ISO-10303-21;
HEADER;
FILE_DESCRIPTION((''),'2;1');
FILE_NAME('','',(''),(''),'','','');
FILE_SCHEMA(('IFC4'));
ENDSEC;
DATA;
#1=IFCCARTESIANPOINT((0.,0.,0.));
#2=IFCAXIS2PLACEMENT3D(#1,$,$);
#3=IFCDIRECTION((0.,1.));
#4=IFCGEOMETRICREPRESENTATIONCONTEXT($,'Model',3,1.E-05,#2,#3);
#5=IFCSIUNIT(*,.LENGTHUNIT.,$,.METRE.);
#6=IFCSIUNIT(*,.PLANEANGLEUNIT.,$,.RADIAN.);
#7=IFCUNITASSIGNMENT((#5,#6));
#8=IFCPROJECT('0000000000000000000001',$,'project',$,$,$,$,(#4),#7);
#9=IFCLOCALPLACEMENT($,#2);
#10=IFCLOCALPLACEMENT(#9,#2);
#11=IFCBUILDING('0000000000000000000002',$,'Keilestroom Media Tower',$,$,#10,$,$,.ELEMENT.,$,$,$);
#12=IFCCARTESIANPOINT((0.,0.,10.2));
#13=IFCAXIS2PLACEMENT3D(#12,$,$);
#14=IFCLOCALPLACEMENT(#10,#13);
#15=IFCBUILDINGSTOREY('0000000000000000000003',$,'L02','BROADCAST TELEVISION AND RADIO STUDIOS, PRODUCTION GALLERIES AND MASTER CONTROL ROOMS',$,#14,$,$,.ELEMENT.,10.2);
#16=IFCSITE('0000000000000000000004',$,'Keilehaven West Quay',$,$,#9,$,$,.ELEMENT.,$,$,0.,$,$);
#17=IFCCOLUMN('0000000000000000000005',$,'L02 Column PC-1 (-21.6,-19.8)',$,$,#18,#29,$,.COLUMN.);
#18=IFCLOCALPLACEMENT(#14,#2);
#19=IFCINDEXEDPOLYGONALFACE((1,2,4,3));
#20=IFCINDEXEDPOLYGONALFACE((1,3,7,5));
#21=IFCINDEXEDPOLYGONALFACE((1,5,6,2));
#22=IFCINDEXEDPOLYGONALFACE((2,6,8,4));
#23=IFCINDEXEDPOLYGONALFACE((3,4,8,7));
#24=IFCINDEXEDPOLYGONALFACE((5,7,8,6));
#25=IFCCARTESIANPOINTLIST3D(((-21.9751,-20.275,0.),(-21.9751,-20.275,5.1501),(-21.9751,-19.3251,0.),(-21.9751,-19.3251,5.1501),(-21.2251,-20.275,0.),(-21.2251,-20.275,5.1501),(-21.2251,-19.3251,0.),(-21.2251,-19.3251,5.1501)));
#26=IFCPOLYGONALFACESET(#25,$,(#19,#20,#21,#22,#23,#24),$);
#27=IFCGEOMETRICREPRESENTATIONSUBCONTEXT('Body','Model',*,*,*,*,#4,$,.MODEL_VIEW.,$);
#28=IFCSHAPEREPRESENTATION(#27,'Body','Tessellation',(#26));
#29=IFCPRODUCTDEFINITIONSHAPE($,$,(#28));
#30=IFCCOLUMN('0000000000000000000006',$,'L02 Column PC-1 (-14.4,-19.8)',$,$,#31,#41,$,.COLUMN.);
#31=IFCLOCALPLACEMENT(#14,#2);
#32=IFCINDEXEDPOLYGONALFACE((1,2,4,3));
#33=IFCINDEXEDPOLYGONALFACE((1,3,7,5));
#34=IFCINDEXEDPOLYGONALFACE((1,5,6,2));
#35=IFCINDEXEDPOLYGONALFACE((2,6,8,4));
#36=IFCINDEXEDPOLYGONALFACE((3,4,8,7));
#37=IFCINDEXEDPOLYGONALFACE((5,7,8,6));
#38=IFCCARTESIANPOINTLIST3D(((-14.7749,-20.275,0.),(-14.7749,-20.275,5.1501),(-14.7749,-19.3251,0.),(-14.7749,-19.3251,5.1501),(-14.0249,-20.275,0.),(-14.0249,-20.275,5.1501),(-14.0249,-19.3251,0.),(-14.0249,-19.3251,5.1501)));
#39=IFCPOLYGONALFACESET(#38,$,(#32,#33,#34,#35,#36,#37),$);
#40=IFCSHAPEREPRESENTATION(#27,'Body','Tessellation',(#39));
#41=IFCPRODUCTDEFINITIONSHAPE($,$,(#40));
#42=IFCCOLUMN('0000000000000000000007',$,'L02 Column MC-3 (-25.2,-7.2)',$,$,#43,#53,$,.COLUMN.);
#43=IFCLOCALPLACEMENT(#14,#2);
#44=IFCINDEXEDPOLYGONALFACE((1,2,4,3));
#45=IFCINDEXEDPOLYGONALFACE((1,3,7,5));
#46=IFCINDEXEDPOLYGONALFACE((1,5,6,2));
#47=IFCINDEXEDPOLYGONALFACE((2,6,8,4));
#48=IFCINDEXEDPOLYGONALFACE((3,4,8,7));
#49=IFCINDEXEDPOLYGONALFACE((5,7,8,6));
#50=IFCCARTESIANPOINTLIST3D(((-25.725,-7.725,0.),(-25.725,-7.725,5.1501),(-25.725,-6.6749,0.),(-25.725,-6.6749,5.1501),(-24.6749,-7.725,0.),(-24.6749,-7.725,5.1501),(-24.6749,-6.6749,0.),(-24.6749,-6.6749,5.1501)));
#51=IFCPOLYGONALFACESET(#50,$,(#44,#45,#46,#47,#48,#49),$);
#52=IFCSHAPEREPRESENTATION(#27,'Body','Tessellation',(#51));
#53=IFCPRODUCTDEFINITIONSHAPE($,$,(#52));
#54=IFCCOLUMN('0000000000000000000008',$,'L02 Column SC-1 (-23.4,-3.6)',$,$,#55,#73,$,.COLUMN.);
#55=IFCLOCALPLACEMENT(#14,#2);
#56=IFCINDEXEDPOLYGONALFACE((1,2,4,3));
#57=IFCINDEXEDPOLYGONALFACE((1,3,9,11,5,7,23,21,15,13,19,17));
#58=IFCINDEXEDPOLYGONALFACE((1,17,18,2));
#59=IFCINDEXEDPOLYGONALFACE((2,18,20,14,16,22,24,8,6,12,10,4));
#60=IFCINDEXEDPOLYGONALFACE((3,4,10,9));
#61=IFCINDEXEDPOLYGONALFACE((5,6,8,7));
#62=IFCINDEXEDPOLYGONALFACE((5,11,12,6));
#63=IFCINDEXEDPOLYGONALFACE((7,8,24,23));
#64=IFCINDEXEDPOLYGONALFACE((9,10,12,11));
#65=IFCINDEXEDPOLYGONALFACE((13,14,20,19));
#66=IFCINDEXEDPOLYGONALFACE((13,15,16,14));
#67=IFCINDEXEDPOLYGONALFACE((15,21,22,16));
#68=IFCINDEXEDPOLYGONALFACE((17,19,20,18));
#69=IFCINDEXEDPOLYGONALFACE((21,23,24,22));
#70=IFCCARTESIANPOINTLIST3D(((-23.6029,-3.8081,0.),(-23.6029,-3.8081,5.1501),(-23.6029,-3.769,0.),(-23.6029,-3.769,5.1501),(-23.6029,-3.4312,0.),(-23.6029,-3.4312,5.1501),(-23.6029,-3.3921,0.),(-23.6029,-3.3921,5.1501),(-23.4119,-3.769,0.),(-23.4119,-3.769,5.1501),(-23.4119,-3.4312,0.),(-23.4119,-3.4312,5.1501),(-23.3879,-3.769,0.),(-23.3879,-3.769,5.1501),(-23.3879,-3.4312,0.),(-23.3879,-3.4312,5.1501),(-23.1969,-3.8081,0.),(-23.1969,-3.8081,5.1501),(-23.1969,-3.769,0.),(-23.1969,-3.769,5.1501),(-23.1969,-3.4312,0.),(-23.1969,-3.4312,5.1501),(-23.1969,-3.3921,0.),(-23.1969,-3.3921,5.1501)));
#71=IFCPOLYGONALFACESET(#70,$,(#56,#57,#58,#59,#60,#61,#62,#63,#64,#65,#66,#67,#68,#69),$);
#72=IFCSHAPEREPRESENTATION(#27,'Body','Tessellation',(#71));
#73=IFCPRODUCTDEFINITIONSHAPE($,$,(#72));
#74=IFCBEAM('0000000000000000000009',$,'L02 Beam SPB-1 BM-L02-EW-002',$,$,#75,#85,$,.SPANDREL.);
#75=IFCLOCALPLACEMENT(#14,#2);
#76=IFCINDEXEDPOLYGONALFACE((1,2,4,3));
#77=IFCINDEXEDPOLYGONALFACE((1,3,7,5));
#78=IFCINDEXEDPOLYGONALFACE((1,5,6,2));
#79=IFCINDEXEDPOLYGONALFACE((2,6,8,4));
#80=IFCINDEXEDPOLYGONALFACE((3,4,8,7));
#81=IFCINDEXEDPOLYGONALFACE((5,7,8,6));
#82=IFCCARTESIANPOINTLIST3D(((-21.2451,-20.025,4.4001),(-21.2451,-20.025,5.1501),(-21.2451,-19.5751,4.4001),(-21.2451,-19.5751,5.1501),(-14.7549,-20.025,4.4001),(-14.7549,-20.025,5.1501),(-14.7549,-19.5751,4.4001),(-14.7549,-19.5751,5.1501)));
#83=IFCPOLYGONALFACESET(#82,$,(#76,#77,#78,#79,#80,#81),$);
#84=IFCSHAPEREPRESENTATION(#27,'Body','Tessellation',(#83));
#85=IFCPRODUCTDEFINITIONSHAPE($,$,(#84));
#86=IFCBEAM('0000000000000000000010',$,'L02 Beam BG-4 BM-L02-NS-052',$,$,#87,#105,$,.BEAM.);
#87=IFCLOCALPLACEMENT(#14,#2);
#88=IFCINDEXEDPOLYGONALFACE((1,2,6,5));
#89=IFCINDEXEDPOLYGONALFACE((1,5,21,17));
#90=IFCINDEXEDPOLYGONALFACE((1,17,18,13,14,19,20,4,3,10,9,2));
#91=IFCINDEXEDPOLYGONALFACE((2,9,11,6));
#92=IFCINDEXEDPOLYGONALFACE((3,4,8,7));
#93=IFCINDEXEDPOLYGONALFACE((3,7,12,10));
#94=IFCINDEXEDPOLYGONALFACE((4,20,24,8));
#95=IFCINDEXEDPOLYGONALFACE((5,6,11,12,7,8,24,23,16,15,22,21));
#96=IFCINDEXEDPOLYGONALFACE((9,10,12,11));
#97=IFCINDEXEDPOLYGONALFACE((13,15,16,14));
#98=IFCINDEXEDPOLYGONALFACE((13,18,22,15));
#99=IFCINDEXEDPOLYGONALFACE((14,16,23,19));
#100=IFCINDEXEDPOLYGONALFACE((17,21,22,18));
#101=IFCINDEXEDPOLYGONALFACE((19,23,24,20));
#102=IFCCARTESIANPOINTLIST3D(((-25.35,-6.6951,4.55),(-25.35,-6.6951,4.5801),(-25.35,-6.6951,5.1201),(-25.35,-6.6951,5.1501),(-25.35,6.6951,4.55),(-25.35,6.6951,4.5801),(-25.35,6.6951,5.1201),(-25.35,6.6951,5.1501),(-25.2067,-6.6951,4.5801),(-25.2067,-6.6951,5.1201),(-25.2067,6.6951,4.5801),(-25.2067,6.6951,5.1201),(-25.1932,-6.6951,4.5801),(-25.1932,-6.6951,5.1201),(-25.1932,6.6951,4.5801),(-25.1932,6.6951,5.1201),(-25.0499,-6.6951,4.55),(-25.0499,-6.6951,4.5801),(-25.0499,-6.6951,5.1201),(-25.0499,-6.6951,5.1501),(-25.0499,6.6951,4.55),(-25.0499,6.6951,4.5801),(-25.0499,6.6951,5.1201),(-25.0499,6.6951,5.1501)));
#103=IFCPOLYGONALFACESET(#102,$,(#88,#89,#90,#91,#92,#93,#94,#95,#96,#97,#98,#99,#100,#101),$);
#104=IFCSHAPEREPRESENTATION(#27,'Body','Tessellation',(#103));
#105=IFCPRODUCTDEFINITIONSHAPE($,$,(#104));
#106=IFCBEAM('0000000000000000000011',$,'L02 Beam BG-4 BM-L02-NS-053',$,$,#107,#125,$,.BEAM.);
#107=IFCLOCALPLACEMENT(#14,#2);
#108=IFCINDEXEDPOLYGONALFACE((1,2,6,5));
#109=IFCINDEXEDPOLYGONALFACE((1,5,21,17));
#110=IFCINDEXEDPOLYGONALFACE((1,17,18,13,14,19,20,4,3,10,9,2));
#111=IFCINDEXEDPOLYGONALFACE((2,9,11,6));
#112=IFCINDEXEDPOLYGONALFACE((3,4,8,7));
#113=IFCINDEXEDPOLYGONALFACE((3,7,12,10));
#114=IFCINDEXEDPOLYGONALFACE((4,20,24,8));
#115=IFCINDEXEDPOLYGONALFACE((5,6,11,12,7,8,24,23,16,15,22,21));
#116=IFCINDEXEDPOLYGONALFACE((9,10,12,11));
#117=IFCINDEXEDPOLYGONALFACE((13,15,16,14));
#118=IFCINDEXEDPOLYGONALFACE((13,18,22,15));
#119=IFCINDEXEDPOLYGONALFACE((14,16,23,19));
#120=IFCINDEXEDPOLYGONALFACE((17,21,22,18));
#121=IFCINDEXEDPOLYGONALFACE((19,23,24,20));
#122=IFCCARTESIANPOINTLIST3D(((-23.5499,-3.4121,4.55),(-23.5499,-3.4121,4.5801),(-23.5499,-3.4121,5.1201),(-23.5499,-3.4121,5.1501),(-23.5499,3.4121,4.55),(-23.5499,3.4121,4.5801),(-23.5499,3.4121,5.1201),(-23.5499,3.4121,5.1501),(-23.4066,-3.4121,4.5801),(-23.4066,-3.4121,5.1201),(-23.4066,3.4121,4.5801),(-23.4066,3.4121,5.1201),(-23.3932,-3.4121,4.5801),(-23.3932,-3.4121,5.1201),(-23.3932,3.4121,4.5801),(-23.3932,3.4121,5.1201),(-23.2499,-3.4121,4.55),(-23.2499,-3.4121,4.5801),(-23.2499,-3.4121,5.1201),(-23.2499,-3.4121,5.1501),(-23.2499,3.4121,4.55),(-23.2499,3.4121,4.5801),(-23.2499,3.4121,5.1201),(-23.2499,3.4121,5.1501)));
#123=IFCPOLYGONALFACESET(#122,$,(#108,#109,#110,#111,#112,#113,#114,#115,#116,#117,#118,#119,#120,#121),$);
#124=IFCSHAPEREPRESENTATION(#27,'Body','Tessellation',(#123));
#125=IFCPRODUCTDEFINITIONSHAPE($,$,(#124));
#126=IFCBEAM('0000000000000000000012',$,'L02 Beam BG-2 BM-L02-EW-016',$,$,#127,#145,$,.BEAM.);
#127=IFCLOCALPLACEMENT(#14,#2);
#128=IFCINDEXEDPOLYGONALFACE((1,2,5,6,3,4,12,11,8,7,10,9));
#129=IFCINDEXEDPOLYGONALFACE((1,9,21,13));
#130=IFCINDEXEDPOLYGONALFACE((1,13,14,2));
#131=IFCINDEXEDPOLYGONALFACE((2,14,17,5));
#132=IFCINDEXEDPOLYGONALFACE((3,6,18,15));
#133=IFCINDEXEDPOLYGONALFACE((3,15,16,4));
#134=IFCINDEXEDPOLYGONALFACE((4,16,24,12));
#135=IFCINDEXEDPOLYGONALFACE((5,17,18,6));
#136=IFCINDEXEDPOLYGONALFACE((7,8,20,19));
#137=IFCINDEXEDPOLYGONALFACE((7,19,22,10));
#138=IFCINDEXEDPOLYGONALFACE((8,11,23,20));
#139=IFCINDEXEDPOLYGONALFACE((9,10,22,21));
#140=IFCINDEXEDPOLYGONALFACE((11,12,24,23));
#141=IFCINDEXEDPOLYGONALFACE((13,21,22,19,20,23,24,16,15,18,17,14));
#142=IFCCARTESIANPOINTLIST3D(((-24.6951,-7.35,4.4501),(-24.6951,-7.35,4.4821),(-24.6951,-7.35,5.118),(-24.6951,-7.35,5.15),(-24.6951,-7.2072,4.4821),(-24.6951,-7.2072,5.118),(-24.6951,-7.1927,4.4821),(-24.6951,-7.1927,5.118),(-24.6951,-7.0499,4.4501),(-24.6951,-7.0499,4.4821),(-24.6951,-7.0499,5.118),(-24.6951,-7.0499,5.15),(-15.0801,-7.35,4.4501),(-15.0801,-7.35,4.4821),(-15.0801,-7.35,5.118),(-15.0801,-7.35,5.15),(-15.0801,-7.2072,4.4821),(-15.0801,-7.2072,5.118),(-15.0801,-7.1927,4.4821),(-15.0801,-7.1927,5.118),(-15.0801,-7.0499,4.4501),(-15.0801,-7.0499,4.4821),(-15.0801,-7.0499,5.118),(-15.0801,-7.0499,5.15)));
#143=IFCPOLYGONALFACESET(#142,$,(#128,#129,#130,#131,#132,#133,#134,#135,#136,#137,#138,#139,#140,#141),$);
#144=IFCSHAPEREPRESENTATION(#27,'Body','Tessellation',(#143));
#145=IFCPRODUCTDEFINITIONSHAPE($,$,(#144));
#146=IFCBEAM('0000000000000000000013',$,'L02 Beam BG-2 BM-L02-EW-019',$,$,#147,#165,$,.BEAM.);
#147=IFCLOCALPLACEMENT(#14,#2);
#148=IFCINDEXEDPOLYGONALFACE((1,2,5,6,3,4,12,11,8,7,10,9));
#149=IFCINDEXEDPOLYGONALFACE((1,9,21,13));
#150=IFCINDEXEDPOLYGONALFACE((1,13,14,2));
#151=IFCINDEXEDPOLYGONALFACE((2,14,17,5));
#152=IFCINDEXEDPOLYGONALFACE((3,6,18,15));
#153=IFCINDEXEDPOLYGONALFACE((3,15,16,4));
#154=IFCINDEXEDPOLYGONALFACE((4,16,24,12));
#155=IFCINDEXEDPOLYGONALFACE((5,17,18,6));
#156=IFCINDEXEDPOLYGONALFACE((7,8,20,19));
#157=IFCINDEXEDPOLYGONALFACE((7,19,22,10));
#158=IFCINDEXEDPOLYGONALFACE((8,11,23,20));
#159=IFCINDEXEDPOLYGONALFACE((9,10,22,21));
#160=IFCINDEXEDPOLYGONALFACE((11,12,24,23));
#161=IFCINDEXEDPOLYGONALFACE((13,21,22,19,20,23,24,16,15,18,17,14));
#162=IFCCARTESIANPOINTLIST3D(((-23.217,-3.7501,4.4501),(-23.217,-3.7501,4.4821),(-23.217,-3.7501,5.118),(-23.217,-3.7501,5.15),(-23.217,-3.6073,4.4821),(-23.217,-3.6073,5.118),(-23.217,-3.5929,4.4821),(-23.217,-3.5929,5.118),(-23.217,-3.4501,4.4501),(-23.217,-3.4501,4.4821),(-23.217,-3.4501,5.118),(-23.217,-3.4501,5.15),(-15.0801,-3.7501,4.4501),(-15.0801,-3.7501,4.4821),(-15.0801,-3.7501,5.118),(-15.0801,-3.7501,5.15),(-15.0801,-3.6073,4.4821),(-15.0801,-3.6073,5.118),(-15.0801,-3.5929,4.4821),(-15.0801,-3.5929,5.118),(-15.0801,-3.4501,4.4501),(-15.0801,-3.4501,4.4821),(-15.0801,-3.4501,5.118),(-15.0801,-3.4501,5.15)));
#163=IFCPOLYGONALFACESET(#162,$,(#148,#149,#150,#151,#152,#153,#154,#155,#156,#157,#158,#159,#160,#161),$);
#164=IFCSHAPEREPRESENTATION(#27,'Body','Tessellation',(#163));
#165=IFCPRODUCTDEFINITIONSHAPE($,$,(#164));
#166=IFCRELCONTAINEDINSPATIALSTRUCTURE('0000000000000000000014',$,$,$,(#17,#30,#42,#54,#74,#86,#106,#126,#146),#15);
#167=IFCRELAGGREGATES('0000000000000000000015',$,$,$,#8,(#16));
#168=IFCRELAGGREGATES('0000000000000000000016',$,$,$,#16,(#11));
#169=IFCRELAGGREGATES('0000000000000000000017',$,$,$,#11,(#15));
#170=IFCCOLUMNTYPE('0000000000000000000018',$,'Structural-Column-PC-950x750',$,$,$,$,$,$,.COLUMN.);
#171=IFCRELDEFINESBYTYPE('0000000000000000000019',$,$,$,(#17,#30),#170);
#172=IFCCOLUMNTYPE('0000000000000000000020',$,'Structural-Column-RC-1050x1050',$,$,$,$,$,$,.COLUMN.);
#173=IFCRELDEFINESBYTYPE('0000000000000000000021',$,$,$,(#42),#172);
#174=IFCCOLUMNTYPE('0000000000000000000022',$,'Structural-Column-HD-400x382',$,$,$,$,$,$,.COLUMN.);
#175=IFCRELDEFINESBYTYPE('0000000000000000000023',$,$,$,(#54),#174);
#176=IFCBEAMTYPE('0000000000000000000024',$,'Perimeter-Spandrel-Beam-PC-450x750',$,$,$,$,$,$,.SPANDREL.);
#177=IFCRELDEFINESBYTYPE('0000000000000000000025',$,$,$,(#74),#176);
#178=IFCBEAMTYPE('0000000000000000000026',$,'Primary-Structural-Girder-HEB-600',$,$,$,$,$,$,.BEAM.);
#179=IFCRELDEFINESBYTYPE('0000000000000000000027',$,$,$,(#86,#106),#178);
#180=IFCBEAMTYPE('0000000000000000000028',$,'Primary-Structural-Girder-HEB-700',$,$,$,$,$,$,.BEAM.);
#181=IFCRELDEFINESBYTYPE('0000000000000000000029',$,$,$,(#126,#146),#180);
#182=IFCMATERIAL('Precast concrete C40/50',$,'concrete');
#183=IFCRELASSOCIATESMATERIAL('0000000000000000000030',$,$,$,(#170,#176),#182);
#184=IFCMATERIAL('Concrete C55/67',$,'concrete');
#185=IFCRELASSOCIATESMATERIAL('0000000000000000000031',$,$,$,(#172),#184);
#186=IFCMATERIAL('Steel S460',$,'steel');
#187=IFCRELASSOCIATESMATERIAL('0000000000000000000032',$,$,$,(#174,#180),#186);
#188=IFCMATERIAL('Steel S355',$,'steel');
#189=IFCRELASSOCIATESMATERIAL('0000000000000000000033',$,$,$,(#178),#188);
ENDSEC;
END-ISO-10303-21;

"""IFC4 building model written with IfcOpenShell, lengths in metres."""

from ifc_helpers import new_model, si_unit, direction, frame, origin, origin_2d, place, context, subcontext, project, spatial, rectangle, i_section, extrude, source, transform, mapped, material, material_profile, profile_set, type_object, element, save


model = new_model("IFC4")

# Units and contexts
model_context = context("Model", 3, precision=1e-05, world=origin(), true_north=direction((0.0, 1.0)))
body_context = subcontext(model_context, "Body", "Model", "MODEL_VIEW")
ifc_project = project(units=[si_unit("LENGTHUNIT", "METRE"), si_unit("PLANEANGLEUNIT", "RADIAN")], contexts=[model_context])

# Site, building, storey
site_placement = place(None, origin())
site = spatial("IfcSite", under=ifc_project, at=site_placement, Name="Keilehaven West Quay", CompositionType="ELEMENT", RefElevation=0.0)
building_placement = place(site_placement, origin())
building = spatial("IfcBuilding", under=site, at=building_placement, Name="Keilestroom Media Tower", CompositionType="ELEMENT")
storey_placement = place(building_placement, frame((0.0, 0.0, 10.2)))
storey = spatial("IfcBuildingStorey", under=building, at=storey_placement, Name="L02", Description="BROADCAST TELEVISION AND RADIO STUDIOS, PRODUCTION GALLERIES AND MASTER CONTROL ROOMS", CompositionType="ELEMENT", Elevation=10.2)

# Columns
ifc_material_1 = material(Name="Precast concrete C40/50", Category="concrete")
ifc_material_profile_1 = material_profile(ifc_material_1, rectangle(XDim=0.75, YDim=0.95, at=origin_2d()), Name="PC 950x750")
ifc_profile_set_1 = profile_set([ifc_material_profile_1], Name="Precast concrete C40/50")
column_type_1 = type_object("IfcColumnType", Name="Structural-Column-PC-950x750", PredefinedType="COLUMN", material=ifc_profile_set_1)
shared_shape_1 = source(origin(), body_context, "Body", "SweptSolid", [
    extrude(rectangle(XDim=0.75, YDim=0.95, at=origin_2d()), origin(), (0.0, 0.0, 1.0), 5.1501),
])
for number, where, z_axis, x_axis, name in (
    (1, (-21.6001, -19.8, 0.0), (0.0, 0.0, 1.0), (1.0, 0.0, 0.0), "L02 Column PC-1 (-21.6,-19.8)"),
    (2, (-14.3999, -19.8, 0.0), (0.0, 0.0, 1.0), (1.0, 0.0, 0.0), "L02 Column PC-1 (-14.4,-19.8)"),
):
    element("IfcColumn", number, at=place(storey_placement, frame(where, z_axis=z_axis, x_axis=x_axis)), inside=storey, type_object=column_type_1, Name=name, PredefinedType="COLUMN", context=body_context, shape_type="MappedRepresentation", body=[
        mapped(shared_shape_1, transform((0.0, 0.0, 0.0), x_axis=(1.0, 0.0, 0.0), y_axis=(0.0, 1.0, 0.0), z_axis=(0.0, 0.0, 1.0), scale=1.0)),
    ])
ifc_material_2 = material(Name="Concrete C55/67", Category="concrete")
ifc_material_profile_2 = material_profile(ifc_material_2, rectangle(XDim=1.05, YDim=1.05, at=origin_2d()), Name="RC 1050x1050")
ifc_profile_set_2 = profile_set([ifc_material_profile_2], Name="Concrete C55/67")
column_type_2 = type_object("IfcColumnType", Name="Structural-Column-RC-1050x1050", PredefinedType="COLUMN", material=ifc_profile_set_2)
shared_shape_2 = source(origin(), body_context, "Body", "SweptSolid", [
    extrude(rectangle(XDim=1.05, YDim=1.05, at=origin_2d()), origin(), (0.0, 0.0, 1.0), 5.1501),
])
column_1_placement = place(storey_placement, frame((-25.2, -7.2, 0.0), z_axis=(0.0, 0.0, 1.0), x_axis=(1.0, 0.0, 0.0)))
element("IfcColumn", 3, at=column_1_placement, inside=storey, type_object=column_type_2, Name="L02 Column MC-3 (-25.2,-7.2)", PredefinedType="COLUMN", context=body_context, shape_type="MappedRepresentation", body=[
    mapped(shared_shape_2, transform((0.0, 0.0, 0.0), x_axis=(1.0, 0.0, 0.0), y_axis=(0.0, 1.0, 0.0), z_axis=(0.0, 0.0, 1.0), scale=1.0)),
])
ifc_material_3 = material(Name="Steel S460", Category="steel")
ifc_material_profile_3 = material_profile(ifc_material_3, i_section(OverallWidth=0.406, OverallDepth=0.416, WebThickness=0.0239, FlangeThickness=0.0391, at=origin_2d()), Name="HD 400x382")
ifc_profile_set_3 = profile_set([ifc_material_profile_3], Name="Steel S460")
column_type_3 = type_object("IfcColumnType", Name="Structural-Column-HD-400x382", PredefinedType="COLUMN", material=ifc_profile_set_3)
shared_shape_3 = source(origin(), body_context, "Body", "SweptSolid", [
    extrude(i_section(OverallWidth=0.406, OverallDepth=0.416, WebThickness=0.0239, FlangeThickness=0.0391, at=origin_2d()), origin(), (0.0, 0.0, 1.0), 5.1501),
])
column_2_placement = place(storey_placement, frame((-23.3999, -3.6001, 0.0), z_axis=(0.0, 0.0, 1.0), x_axis=(1.0, 0.0, 0.0)))
element("IfcColumn", 4, at=column_2_placement, inside=storey, type_object=column_type_3, Name="L02 Column SC-1 (-23.4,-3.6)", PredefinedType="COLUMN", context=body_context, shape_type="MappedRepresentation", body=[
    mapped(shared_shape_3, transform((0.0, 0.0, 0.0), x_axis=(1.0, 0.0, 0.0), y_axis=(0.0, 1.0, 0.0), z_axis=(0.0, 0.0, 1.0), scale=1.0)),
])

# Beams
ifc_material_profile_4 = material_profile(ifc_material_1, rectangle(XDim=0.45, YDim=0.75, at=origin_2d()), Name="PC 450x750")
ifc_profile_set_4 = profile_set([ifc_material_profile_4], Name="Precast concrete C40/50")
beam_type_1 = type_object("IfcBeamType", Name="Perimeter-Spandrel-Beam-PC-450x750", PredefinedType="SPANDREL", material=ifc_profile_set_4)
shared_shape_4 = source(origin(), body_context, "Body", "SweptSolid", [
    extrude(rectangle(XDim=0.45, YDim=0.75, at=origin_2d()), origin(), (0.0, 0.0, 1.0), 6.4902),
])
beam_1_placement = place(storey_placement, frame((-21.2451, -19.8, 4.7751), z_axis=(1.0, 0.0, 0.0), x_axis=(0.0, 1.0, 0.0)))
element("IfcBeam", 5, at=beam_1_placement, inside=storey, type_object=beam_type_1, Name="L02 Beam SPB-1 BM-L02-EW-002", PredefinedType="SPANDREL", context=body_context, shape_type="MappedRepresentation", body=[
    mapped(shared_shape_4, transform((0.0, 0.0, 0.0), x_axis=(1.0, 0.0, 0.0), y_axis=(0.0, 1.0, 0.0), z_axis=(0.0, 0.0, 1.0), scale=1.0)),
])
ifc_material_4 = material(Name="Steel S355", Category="steel")
ifc_material_profile_5 = material_profile(ifc_material_4, i_section(OverallWidth=0.3, OverallDepth=0.6001, WebThickness=0.0134, FlangeThickness=0.03, at=origin_2d()), Name="HEB 600")
ifc_profile_set_5 = profile_set([ifc_material_profile_5], Name="Steel S355")
beam_type_2 = type_object("IfcBeamType", Name="Primary-Structural-Girder-HEB-600", PredefinedType="BEAM", material=ifc_profile_set_5)
shared_shape_5 = source(origin(), body_context, "Body", "SweptSolid", [
    extrude(i_section(OverallWidth=0.3, OverallDepth=0.6001, WebThickness=0.0134, FlangeThickness=0.03, at=origin_2d()), origin(), (0.0, 0.0, 1.0), 13.3901),
])
beam_2_placement = place(storey_placement, frame((-25.2, -6.6951, 4.8501), z_axis=(0.0, 1.0, 0.0), x_axis=(-1.0, 0.0, 0.0)))
element("IfcBeam", 6, at=beam_2_placement, inside=storey, type_object=beam_type_2, Name="L02 Beam BG-4 BM-L02-NS-052", PredefinedType="BEAM", context=body_context, shape_type="MappedRepresentation", body=[
    mapped(shared_shape_5, transform((0.0, 0.0, 0.0), x_axis=(1.0, 0.0, 0.0), y_axis=(0.0, 1.0, 0.0), z_axis=(0.0, 0.0, 1.0), scale=1.0)),
])
shared_shape_6 = source(origin(), body_context, "Body", "SweptSolid", [
    extrude(i_section(OverallWidth=0.3, OverallDepth=0.6001, WebThickness=0.0134, FlangeThickness=0.03, at=origin_2d()), origin(), (0.0, 0.0, 1.0), 6.8242),
])
beam_3_placement = place(storey_placement, frame((-23.3999, -3.4121, 4.8501), z_axis=(0.0, 1.0, 0.0), x_axis=(-1.0, 0.0, 0.0)))
element("IfcBeam", 7, at=beam_3_placement, inside=storey, type_object=beam_type_2, Name="L02 Beam BG-4 BM-L02-NS-053", PredefinedType="BEAM", context=body_context, shape_type="MappedRepresentation", body=[
    mapped(shared_shape_6, transform((0.0, 0.0, 0.0), x_axis=(1.0, 0.0, 0.0), y_axis=(0.0, 1.0, 0.0), z_axis=(0.0, 0.0, 1.0), scale=1.0)),
])
ifc_material_profile_6 = material_profile(ifc_material_3, i_section(OverallWidth=0.3, OverallDepth=0.7, WebThickness=0.0144, FlangeThickness=0.032, at=origin_2d()), Name="HEB 700")
ifc_profile_set_6 = profile_set([ifc_material_profile_6], Name="Steel S460")
beam_type_3 = type_object("IfcBeamType", Name="Primary-Structural-Girder-HEB-700", PredefinedType="BEAM", material=ifc_profile_set_6)
shared_shape_7 = source(origin(), body_context, "Body", "SweptSolid", [
    extrude(i_section(OverallWidth=0.3, OverallDepth=0.7, WebThickness=0.0144, FlangeThickness=0.032, at=origin_2d()), origin(), (0.0, 0.0, 1.0), 9.615),
])
beam_4_placement = place(storey_placement, frame((-24.6951, -7.2, 4.8), z_axis=(1.0, 0.0, 0.0), x_axis=(0.0, 1.0, 0.0)))
element("IfcBeam", 8, at=beam_4_placement, inside=storey, type_object=beam_type_3, Name="L02 Beam BG-2 BM-L02-EW-016", PredefinedType="BEAM", context=body_context, shape_type="MappedRepresentation", body=[
    mapped(shared_shape_7, transform((0.0, 0.0, 0.0), x_axis=(1.0, 0.0, 0.0), y_axis=(0.0, 1.0, 0.0), z_axis=(0.0, 0.0, 1.0), scale=1.0)),
])
shared_shape_8 = source(origin(), body_context, "Body", "SweptSolid", [
    extrude(i_section(OverallWidth=0.3, OverallDepth=0.7, WebThickness=0.0144, FlangeThickness=0.032, at=origin_2d()), origin(), (0.0, 0.0, 1.0), 8.137),
])
beam_5_placement = place(storey_placement, frame((-23.217, -3.6001, 4.8), z_axis=(1.0, 0.0, 0.0), x_axis=(0.0, 1.0, 0.0)))
element("IfcBeam", 9, at=beam_5_placement, inside=storey, type_object=beam_type_3, Name="L02 Beam BG-2 BM-L02-EW-019", PredefinedType="BEAM", context=body_context, shape_type="MappedRepresentation", body=[
    mapped(shared_shape_8, transform((0.0, 0.0, 0.0), x_axis=(1.0, 0.0, 0.0), y_axis=(0.0, 1.0, 0.0), z_axis=(0.0, 0.0, 1.0), scale=1.0)),
])

save(model, "model.ifc")
